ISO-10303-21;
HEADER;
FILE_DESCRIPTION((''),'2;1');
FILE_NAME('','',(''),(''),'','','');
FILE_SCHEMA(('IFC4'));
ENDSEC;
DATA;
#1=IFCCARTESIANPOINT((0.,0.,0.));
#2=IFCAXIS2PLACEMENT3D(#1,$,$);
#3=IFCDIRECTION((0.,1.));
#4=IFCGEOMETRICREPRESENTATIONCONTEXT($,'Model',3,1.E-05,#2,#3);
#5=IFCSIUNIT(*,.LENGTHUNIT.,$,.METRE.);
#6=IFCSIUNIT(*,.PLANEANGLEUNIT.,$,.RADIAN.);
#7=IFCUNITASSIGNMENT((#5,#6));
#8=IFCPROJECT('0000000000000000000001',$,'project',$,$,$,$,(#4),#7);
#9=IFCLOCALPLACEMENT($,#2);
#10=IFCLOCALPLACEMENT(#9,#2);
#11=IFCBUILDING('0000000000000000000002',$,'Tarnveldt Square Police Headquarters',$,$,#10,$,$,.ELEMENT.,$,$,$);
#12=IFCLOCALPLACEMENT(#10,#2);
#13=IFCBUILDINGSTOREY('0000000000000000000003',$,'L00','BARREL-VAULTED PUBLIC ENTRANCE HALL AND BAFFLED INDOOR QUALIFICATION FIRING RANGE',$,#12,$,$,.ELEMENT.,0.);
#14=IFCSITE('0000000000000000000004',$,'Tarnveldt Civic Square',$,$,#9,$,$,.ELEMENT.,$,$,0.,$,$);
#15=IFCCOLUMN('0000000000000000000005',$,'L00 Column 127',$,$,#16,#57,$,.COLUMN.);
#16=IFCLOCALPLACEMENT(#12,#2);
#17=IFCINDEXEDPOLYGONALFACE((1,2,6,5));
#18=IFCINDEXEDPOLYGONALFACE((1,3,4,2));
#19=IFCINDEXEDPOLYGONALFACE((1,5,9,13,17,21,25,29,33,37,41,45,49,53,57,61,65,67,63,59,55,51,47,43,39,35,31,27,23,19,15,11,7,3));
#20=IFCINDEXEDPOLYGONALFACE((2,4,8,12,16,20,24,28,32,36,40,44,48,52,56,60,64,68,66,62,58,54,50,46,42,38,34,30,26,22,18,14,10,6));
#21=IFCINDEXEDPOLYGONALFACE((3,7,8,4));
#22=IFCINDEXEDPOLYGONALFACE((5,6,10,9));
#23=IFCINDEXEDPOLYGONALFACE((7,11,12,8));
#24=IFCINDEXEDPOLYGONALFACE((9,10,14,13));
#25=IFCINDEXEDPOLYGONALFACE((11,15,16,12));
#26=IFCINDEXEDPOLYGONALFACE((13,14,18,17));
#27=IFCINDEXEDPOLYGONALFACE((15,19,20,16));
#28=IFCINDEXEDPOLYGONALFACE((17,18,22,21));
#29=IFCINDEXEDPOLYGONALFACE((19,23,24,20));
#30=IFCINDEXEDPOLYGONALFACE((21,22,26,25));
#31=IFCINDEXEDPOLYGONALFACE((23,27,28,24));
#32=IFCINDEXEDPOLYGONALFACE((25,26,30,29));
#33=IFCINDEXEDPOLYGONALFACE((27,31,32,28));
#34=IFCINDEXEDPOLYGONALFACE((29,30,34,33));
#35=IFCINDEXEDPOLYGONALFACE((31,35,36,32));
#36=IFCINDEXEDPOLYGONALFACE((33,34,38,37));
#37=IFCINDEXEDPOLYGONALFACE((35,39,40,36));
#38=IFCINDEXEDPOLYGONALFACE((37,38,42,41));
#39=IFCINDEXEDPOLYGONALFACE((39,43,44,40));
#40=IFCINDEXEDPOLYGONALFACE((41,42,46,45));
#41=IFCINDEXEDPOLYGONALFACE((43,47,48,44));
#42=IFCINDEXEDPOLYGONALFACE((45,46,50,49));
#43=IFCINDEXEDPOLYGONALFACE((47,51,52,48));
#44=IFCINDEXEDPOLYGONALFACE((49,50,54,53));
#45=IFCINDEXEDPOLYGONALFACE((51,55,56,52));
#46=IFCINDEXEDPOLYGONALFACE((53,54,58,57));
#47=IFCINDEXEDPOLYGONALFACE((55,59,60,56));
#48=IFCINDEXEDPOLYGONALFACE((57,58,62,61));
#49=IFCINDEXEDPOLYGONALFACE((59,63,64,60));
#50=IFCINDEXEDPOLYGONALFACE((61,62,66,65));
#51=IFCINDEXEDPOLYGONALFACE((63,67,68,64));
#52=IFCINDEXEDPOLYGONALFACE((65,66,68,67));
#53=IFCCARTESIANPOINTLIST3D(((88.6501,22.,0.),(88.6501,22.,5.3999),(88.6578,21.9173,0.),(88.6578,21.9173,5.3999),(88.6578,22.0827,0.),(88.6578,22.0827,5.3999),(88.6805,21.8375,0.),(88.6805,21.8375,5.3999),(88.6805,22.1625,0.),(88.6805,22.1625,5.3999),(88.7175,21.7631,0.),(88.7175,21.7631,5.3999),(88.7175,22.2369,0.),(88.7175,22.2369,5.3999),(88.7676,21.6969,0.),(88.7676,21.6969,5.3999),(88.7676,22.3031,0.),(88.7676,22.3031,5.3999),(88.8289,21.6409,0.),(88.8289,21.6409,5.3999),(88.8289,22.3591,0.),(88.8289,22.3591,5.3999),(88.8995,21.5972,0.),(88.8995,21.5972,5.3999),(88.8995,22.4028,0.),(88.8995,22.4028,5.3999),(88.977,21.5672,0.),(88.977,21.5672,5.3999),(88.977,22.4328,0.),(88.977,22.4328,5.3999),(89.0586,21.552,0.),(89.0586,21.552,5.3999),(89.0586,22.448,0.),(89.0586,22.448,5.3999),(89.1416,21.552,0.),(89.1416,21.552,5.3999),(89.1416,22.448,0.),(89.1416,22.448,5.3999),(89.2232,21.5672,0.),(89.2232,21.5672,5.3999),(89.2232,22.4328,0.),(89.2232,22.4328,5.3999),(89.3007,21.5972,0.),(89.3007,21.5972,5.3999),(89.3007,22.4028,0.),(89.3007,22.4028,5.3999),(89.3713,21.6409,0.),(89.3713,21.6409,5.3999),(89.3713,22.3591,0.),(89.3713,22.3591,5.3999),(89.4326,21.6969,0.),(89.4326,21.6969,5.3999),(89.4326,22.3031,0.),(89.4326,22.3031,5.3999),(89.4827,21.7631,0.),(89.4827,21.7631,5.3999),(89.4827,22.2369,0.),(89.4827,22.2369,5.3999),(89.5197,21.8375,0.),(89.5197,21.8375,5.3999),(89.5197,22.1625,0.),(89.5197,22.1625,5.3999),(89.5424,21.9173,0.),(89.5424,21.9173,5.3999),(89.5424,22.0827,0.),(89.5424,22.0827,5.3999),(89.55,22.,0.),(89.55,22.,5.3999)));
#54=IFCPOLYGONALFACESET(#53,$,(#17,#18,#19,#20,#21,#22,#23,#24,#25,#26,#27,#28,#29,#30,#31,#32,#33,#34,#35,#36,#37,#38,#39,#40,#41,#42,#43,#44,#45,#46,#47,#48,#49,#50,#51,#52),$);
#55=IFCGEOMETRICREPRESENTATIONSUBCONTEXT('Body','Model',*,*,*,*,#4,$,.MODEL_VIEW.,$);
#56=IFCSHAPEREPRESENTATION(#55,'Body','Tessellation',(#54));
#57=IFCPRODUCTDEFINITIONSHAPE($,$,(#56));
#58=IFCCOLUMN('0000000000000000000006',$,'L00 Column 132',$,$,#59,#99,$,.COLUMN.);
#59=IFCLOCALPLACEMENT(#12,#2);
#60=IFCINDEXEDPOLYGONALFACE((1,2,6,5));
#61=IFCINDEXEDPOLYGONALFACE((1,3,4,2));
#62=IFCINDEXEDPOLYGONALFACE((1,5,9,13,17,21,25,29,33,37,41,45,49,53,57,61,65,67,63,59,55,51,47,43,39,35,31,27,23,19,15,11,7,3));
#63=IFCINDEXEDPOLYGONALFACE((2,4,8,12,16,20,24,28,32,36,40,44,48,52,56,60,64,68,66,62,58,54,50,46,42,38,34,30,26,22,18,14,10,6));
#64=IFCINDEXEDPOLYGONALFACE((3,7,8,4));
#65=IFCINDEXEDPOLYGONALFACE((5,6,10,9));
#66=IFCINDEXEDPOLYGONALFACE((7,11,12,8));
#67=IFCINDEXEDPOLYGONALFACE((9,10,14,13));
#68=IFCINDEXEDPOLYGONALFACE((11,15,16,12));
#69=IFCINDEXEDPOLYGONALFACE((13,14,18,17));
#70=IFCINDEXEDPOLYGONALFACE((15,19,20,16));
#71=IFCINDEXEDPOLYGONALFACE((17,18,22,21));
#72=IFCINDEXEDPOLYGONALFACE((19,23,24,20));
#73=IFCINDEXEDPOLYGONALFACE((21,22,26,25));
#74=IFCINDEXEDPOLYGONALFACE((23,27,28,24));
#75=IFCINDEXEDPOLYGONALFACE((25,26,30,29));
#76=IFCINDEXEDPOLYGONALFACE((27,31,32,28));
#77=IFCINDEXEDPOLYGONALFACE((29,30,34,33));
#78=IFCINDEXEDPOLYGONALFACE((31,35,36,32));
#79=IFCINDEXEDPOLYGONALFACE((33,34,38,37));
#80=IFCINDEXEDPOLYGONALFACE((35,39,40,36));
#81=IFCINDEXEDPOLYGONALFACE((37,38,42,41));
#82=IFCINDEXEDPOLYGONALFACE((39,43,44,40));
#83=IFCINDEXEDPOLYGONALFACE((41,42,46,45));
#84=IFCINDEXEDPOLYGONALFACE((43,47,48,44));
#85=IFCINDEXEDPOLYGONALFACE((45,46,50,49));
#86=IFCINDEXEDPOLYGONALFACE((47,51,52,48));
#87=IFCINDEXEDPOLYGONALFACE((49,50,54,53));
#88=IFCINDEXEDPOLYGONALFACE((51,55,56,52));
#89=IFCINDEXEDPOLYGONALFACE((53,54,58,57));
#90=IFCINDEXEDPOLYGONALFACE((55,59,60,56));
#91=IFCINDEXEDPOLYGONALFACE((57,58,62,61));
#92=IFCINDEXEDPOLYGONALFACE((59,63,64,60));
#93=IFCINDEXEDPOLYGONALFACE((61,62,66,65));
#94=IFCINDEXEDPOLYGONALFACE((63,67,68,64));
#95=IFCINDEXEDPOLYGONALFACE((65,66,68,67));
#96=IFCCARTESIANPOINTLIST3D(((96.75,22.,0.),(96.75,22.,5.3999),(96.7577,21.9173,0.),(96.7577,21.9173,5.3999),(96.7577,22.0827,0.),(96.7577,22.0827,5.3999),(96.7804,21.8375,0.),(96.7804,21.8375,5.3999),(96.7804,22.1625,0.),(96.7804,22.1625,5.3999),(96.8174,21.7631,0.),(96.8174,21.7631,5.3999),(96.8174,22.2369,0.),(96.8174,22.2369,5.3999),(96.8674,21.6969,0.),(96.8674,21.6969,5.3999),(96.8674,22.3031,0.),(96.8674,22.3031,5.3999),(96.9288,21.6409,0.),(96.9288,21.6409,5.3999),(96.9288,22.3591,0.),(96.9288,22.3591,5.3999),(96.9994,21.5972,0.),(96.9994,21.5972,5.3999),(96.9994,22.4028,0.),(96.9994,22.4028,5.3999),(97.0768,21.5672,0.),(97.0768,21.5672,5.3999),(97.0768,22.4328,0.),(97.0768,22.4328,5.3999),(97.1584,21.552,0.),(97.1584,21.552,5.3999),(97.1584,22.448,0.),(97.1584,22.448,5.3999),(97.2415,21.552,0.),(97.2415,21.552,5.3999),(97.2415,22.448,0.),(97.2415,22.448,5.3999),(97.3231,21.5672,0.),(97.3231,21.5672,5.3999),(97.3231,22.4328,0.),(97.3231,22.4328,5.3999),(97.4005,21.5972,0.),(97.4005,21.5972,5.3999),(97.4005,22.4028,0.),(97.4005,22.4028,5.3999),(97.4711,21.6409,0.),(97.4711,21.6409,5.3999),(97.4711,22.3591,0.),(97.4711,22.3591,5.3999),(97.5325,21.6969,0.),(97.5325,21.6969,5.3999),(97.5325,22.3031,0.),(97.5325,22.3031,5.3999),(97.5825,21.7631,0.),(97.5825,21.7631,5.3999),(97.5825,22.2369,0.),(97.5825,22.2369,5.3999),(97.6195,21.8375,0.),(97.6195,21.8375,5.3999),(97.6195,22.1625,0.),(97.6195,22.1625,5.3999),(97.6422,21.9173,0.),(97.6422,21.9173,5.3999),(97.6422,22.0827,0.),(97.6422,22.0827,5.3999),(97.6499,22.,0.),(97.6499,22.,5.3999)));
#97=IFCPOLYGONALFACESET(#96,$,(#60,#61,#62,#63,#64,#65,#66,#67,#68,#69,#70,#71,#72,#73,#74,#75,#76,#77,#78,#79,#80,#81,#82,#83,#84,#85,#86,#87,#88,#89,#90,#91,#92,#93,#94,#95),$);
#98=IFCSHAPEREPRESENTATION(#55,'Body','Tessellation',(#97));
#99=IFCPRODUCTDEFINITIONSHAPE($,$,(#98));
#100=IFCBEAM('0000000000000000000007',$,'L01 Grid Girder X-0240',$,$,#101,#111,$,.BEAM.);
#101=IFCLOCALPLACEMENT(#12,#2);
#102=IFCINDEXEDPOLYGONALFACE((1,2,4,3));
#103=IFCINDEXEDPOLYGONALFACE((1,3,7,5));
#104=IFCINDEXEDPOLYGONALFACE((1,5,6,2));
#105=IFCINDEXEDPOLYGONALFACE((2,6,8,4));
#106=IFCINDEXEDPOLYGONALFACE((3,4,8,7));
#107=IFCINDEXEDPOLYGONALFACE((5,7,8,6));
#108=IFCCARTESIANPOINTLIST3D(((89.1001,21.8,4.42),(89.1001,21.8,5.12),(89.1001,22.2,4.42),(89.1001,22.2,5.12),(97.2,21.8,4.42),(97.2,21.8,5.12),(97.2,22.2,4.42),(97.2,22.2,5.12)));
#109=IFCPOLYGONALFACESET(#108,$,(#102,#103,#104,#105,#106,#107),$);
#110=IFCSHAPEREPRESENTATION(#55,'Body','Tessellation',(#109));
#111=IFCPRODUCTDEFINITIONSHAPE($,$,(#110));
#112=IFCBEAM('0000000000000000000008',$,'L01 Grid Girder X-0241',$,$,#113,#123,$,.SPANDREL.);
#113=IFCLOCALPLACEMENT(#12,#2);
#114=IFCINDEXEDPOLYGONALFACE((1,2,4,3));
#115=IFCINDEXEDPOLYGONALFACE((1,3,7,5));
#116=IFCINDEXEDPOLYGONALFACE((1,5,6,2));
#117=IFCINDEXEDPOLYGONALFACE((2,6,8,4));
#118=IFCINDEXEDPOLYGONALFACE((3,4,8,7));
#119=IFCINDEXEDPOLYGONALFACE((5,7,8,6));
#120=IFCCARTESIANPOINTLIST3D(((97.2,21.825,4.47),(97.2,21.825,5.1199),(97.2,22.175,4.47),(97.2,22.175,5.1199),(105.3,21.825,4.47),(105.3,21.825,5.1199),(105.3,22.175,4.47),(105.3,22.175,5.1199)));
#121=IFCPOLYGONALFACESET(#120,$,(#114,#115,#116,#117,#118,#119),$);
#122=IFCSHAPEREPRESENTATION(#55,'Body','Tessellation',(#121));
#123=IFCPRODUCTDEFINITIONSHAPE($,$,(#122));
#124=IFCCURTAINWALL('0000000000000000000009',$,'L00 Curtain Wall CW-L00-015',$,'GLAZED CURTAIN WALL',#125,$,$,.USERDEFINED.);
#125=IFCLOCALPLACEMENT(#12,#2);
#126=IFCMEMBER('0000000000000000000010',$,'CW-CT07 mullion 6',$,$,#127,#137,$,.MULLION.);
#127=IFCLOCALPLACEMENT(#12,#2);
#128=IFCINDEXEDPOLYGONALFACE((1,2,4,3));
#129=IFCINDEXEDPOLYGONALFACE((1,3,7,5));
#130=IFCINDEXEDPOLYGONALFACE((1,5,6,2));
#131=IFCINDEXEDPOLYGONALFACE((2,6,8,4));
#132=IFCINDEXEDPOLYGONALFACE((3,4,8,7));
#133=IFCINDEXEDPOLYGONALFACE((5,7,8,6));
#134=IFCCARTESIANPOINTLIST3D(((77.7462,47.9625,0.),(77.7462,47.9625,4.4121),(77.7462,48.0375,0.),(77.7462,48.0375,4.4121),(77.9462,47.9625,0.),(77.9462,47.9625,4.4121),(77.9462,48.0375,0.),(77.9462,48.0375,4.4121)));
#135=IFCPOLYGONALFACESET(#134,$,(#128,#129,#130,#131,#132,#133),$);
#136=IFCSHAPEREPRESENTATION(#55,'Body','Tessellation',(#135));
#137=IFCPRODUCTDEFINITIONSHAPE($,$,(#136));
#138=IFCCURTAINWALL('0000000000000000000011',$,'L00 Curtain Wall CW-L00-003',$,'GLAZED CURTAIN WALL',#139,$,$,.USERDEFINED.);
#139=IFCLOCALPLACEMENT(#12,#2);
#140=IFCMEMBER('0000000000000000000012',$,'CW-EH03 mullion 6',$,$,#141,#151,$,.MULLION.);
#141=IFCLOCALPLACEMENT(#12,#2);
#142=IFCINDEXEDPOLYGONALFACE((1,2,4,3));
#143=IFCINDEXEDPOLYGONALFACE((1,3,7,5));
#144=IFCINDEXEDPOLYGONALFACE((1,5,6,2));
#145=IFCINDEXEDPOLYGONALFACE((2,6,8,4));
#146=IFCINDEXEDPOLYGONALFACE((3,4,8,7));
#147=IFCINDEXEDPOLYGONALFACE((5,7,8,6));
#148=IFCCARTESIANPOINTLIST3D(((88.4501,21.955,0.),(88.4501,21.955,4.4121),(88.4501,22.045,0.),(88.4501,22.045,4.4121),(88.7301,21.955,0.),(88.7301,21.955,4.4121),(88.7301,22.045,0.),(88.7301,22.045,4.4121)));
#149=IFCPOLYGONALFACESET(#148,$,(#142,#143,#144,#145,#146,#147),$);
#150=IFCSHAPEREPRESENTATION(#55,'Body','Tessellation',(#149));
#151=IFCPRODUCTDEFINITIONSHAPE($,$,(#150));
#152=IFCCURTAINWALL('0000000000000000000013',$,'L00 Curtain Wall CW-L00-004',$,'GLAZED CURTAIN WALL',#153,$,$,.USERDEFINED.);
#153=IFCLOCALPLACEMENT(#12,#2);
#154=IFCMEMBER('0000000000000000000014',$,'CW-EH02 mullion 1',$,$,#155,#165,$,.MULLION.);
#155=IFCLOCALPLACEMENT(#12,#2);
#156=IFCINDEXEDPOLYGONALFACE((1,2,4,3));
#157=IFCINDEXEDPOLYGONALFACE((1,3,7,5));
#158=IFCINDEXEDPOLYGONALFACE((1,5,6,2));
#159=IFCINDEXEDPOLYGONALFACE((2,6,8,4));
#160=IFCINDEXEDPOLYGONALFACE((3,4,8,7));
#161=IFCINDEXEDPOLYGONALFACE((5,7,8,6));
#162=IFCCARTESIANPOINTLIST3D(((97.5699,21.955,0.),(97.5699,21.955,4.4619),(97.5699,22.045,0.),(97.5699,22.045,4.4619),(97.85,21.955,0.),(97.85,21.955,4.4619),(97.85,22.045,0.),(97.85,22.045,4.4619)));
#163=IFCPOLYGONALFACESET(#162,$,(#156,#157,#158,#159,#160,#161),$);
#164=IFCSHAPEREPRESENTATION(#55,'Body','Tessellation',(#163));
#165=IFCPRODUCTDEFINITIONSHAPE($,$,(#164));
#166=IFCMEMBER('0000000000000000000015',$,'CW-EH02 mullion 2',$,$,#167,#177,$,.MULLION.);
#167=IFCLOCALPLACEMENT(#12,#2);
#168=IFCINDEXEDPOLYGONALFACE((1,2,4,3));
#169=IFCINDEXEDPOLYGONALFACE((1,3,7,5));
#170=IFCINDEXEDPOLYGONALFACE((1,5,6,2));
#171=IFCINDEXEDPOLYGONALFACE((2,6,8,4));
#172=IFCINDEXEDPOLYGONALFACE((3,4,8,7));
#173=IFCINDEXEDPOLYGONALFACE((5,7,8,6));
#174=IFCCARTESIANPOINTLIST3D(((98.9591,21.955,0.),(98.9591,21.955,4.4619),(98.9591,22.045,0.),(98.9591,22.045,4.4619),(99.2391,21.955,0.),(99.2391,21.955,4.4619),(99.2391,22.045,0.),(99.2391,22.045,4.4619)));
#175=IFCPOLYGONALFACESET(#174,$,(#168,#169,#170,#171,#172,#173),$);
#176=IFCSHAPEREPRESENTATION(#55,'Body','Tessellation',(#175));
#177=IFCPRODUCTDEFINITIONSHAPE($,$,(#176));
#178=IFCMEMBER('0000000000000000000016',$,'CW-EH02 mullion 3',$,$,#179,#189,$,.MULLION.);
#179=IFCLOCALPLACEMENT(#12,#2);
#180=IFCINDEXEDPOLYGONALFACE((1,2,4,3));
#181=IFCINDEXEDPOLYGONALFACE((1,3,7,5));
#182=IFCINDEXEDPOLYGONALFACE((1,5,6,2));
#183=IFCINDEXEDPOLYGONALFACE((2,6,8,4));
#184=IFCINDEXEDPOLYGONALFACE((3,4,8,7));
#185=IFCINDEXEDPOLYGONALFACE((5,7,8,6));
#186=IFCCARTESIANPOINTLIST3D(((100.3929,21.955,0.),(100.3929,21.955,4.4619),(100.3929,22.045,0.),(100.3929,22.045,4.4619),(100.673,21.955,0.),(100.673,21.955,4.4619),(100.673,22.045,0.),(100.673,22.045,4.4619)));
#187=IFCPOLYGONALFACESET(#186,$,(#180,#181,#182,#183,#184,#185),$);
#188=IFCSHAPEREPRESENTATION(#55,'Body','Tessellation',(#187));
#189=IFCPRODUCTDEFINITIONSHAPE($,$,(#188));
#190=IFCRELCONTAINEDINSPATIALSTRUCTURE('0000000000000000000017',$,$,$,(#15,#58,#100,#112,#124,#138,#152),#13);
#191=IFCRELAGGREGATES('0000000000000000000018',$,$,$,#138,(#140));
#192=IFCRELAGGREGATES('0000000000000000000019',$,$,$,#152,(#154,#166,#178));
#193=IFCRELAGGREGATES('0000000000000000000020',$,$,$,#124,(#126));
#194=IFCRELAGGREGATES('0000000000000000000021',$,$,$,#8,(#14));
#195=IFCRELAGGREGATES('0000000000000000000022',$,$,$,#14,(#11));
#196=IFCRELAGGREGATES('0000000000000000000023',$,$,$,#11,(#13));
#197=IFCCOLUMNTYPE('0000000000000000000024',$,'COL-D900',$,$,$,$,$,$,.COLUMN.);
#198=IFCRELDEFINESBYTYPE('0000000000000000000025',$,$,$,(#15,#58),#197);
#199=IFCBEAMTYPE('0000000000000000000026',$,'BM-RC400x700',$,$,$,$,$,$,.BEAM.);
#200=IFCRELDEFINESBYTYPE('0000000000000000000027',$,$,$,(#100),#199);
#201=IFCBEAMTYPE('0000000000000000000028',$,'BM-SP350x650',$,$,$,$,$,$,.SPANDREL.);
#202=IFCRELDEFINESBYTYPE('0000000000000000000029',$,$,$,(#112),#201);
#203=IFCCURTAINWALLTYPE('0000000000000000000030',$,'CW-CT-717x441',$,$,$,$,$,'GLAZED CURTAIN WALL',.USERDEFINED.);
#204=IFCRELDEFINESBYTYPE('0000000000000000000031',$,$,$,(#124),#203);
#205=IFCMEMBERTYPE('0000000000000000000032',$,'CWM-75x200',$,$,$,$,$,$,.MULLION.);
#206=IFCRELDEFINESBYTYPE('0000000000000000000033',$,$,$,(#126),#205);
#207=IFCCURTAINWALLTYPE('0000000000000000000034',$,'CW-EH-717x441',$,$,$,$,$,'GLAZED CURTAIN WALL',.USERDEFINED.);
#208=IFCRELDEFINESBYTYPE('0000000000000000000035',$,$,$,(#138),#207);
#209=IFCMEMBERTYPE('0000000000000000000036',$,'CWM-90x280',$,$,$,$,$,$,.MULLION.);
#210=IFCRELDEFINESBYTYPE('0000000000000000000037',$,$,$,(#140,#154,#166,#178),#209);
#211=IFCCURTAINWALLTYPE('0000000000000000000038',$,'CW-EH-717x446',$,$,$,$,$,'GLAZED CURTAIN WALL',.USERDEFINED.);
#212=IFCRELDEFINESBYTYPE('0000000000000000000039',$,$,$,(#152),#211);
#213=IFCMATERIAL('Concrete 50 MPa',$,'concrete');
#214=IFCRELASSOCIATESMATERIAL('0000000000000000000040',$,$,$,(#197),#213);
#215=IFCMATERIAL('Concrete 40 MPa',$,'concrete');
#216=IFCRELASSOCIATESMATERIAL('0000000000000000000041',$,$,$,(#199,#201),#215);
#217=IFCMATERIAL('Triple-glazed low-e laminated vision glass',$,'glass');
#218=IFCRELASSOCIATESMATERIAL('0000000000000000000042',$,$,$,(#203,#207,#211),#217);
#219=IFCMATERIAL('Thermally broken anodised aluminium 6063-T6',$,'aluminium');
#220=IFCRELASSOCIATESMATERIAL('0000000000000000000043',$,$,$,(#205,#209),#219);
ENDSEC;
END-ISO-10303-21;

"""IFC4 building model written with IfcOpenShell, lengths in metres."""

from ifc_helpers import new_model, si_unit, direction, frame, origin, origin_2d, place, context, subcontext, project, spatial, rectangle, circle, extrude, material, material_profile, profile_set, type_object, element, aggregate, save


model = new_model("IFC4")

# Units and contexts
model_context = context("Model", 3, precision=1e-05, world=origin(), true_north=direction((0.0, 1.0)))
body_context = subcontext(model_context, "Body", "Model", "MODEL_VIEW")
ifc_project = project(units=[si_unit("LENGTHUNIT", "METRE"), si_unit("PLANEANGLEUNIT", "RADIAN")], contexts=[model_context])

# Site, building, storey
site_placement = place(None, origin())
site = spatial("IfcSite", under=ifc_project, at=site_placement, Name="Tarnveldt Civic Square", CompositionType="ELEMENT", RefElevation=0.0)
building_placement = place(site_placement, origin())
building = spatial("IfcBuilding", under=site, at=building_placement, Name="Tarnveldt Square Police Headquarters", CompositionType="ELEMENT")
storey_placement = place(building_placement, origin())
storey = spatial("IfcBuildingStorey", under=building, at=storey_placement, Name="L00", Description="BARREL-VAULTED PUBLIC ENTRANCE HALL AND BAFFLED INDOOR QUALIFICATION FIRING RANGE", CompositionType="ELEMENT", Elevation=0.0)

# Columns
ifc_material_1 = material(Name="Concrete 50 MPa", Category="concrete")
ifc_material_profile_1 = material_profile(ifc_material_1, circle(Radius=0.45, at=origin_2d()), Name="RC-D900")
ifc_profile_set_1 = profile_set([ifc_material_profile_1], Name="Concrete 50 MPa")
column_type = type_object("IfcColumnType", Name="COL-D900", PredefinedType="COLUMN", material=ifc_profile_set_1)
for number, where, z_axis, x_axis, name in (
    (1, (89.1001, 22.0, 0.0), (0.0, 0.0, 1.0), (1.0, 0.0, 0.0), "L00 Column 127"),
    (2, (97.2, 22.0, 0.0), (0.0, 0.0, 1.0), (1.0, 0.0, 0.0), "L00 Column 132"),
):
    element("IfcColumn", number, at=place(storey_placement, frame(where, z_axis=z_axis, x_axis=x_axis)), inside=storey, type_object=column_type, Name=name, PredefinedType="COLUMN", context=body_context, shape_type="SweptSolid", body=[
        extrude(circle(Radius=0.45, at=origin_2d()), origin(), (0.0, 0.0, 1.0), 5.3999),
    ])

# Beams
ifc_material_2 = material(Name="Concrete 40 MPa", Category="concrete")
ifc_material_profile_2 = material_profile(ifc_material_2, rectangle(XDim=0.3999, YDim=0.7, at=origin_2d()), Name="RC-B400x700")
ifc_profile_set_2 = profile_set([ifc_material_profile_2], Name="Concrete 40 MPa")
beam_type_1 = type_object("IfcBeamType", Name="BM-RC400x700", PredefinedType="BEAM", material=ifc_profile_set_2)
beam_1_placement = place(storey_placement, frame((89.1001, 22.0, 4.77), z_axis=(1.0, 0.0, 0.0), x_axis=(0.0, 1.0, 0.0)))
element("IfcBeam", 3, at=beam_1_placement, inside=storey, type_object=beam_type_1, Name="L01 Grid Girder X-0240", PredefinedType="BEAM", context=body_context, shape_type="SweptSolid", body=[
    extrude(rectangle(XDim=0.3999, YDim=0.7, at=origin_2d()), origin(), (0.0, 0.0, 1.0), 8.0999),
])
ifc_material_profile_3 = material_profile(ifc_material_2, rectangle(XDim=0.3501, YDim=0.6499, at=origin_2d()), Name="RC-SP350x650")
ifc_profile_set_3 = profile_set([ifc_material_profile_3], Name="Concrete 40 MPa")
beam_type_2 = type_object("IfcBeamType", Name="BM-SP350x650", PredefinedType="SPANDREL", material=ifc_profile_set_3)
beam_2_placement = place(storey_placement, frame((97.2, 22.0, 4.7949), z_axis=(1.0, 0.0, 0.0), x_axis=(0.0, 1.0, 0.0)))
element("IfcBeam", 4, at=beam_2_placement, inside=storey, type_object=beam_type_2, Name="L01 Grid Girder X-0241", PredefinedType="SPANDREL", context=body_context, shape_type="SweptSolid", body=[
    extrude(rectangle(XDim=0.3501, YDim=0.6499, at=origin_2d()), origin(), (0.0, 0.0, 1.0), 8.1001),
])

# Curtain walls, members
ifc_material_3 = material(Name="Triple-glazed low-e laminated vision glass", Category="glass")
curtain_wall_type_1 = type_object("IfcCurtainWallType", Name="CW-CT-717x441", ElementType="GLAZED CURTAIN WALL", PredefinedType="USERDEFINED", material=ifc_material_3)
curtain_wall_1_placement = place(storey_placement, origin())
curtain_wall_1 = element("IfcCurtainWall", 5, at=curtain_wall_1_placement, inside=storey, type_object=curtain_wall_type_1, Name="L00 Curtain Wall CW-L00-015", ObjectType="GLAZED CURTAIN WALL", PredefinedType="USERDEFINED")
ifc_material_4 = material(Name="Thermally broken anodised aluminium 6063-T6", Category="aluminium")
ifc_material_profile_4 = material_profile(ifc_material_4, rectangle(XDim=0.075, YDim=0.2, at=origin_2d()), Name="CW-M75x200")
ifc_profile_set_4 = profile_set([ifc_material_profile_4], Name="Thermally broken anodised aluminium 6063-T6")
member_type_1 = type_object("IfcMemberType", Name="CWM-75x200", PredefinedType="MULLION", material=ifc_profile_set_4)
member_1_placement = place(storey_placement, frame((77.8462, 48.0, 0.0), z_axis=(0.0, 0.0, 1.0), x_axis=(0.0, 1.0, 0.0)))
member_1 = element("IfcMember", 6, at=member_1_placement, type_object=member_type_1, Name="CW-CT07 mullion 6", PredefinedType="MULLION", context=body_context, shape_type="SweptSolid", body=[
    extrude(rectangle(XDim=0.075, YDim=0.2, at=origin_2d()), origin(), (0.0, 0.0, 1.0), 4.4121),
])
curtain_wall_type_2 = type_object("IfcCurtainWallType", Name="CW-EH-717x441", ElementType="GLAZED CURTAIN WALL", PredefinedType="USERDEFINED", material=ifc_material_3)
curtain_wall_2_placement = place(storey_placement, origin())
curtain_wall_2 = element("IfcCurtainWall", 7, at=curtain_wall_2_placement, inside=storey, type_object=curtain_wall_type_2, Name="L00 Curtain Wall CW-L00-003", ObjectType="GLAZED CURTAIN WALL", PredefinedType="USERDEFINED")
ifc_material_profile_5 = material_profile(ifc_material_4, rectangle(XDim=0.0901, YDim=0.28, at=origin_2d()), Name="CW-M90x280")
ifc_profile_set_5 = profile_set([ifc_material_profile_5], Name="Thermally broken anodised aluminium 6063-T6")
member_type_2 = type_object("IfcMemberType", Name="CWM-90x280", PredefinedType="MULLION", material=ifc_profile_set_5)
member_2_placement = place(storey_placement, frame((88.5901, 22.0, 0.0), z_axis=(0.0, 0.0, 1.0), x_axis=(0.0, 1.0, 0.0)))
member_2 = element("IfcMember", 8, at=member_2_placement, type_object=member_type_2, Name="CW-EH03 mullion 6", PredefinedType="MULLION", context=body_context, shape_type="SweptSolid", body=[
    extrude(rectangle(XDim=0.0901, YDim=0.28, at=origin_2d()), origin(), (0.0, 0.0, 1.0), 4.4121),
])

# Curtain wall, members
curtain_wall_type_3 = type_object("IfcCurtainWallType", Name="CW-EH-717x446", ElementType="GLAZED CURTAIN WALL", PredefinedType="USERDEFINED", material=ifc_material_3)
curtain_wall_3_placement = place(storey_placement, origin())
curtain_wall_3 = element("IfcCurtainWall", 9, at=curtain_wall_3_placement, inside=storey, type_object=curtain_wall_type_3, Name="L00 Curtain Wall CW-L00-004", ObjectType="GLAZED CURTAIN WALL", PredefinedType="USERDEFINED")
member_3_placement = place(storey_placement, frame((97.71, 22.0, 0.0), z_axis=(0.0, 0.0, 1.0), x_axis=(0.0, 1.0, 0.0)))
member_3 = element("IfcMember", 10, at=member_3_placement, type_object=member_type_2, Name="CW-EH02 mullion 1", PredefinedType="MULLION", context=body_context, shape_type="SweptSolid", body=[
    extrude(rectangle(XDim=0.0901, YDim=0.28, at=origin_2d()), origin(), (0.0, 0.0, 1.0), 4.4619),
])
member_4_placement = place(storey_placement, frame((99.0991, 22.0, 0.0), z_axis=(0.0, 0.0, 1.0), x_axis=(0.0, 1.0, 0.0)))
member_4 = element("IfcMember", 11, at=member_4_placement, type_object=member_type_2, Name="CW-EH02 mullion 2", PredefinedType="MULLION", context=body_context, shape_type="SweptSolid", body=[
    extrude(rectangle(XDim=0.0901, YDim=0.28, at=origin_2d()), origin(), (0.0, 0.0, 1.0), 4.4619),
])
member_5_placement = place(storey_placement, frame((100.533, 22.0, 0.0), z_axis=(0.0, 0.0, 1.0), x_axis=(0.0, 1.0, 0.0)))
member_5 = element("IfcMember", 12, at=member_5_placement, type_object=member_type_2, Name="CW-EH02 mullion 3", PredefinedType="MULLION", context=body_context, shape_type="SweptSolid", body=[
    extrude(rectangle(XDim=0.0901, YDim=0.28, at=origin_2d()), origin(), (0.0, 0.0, 1.0), 4.4619),
])

aggregate(curtain_wall_2, [member_2])
aggregate(curtain_wall_3, [member_3, member_4, member_5])
aggregate(curtain_wall_1, [member_1])

save(model, "model.ifc")
